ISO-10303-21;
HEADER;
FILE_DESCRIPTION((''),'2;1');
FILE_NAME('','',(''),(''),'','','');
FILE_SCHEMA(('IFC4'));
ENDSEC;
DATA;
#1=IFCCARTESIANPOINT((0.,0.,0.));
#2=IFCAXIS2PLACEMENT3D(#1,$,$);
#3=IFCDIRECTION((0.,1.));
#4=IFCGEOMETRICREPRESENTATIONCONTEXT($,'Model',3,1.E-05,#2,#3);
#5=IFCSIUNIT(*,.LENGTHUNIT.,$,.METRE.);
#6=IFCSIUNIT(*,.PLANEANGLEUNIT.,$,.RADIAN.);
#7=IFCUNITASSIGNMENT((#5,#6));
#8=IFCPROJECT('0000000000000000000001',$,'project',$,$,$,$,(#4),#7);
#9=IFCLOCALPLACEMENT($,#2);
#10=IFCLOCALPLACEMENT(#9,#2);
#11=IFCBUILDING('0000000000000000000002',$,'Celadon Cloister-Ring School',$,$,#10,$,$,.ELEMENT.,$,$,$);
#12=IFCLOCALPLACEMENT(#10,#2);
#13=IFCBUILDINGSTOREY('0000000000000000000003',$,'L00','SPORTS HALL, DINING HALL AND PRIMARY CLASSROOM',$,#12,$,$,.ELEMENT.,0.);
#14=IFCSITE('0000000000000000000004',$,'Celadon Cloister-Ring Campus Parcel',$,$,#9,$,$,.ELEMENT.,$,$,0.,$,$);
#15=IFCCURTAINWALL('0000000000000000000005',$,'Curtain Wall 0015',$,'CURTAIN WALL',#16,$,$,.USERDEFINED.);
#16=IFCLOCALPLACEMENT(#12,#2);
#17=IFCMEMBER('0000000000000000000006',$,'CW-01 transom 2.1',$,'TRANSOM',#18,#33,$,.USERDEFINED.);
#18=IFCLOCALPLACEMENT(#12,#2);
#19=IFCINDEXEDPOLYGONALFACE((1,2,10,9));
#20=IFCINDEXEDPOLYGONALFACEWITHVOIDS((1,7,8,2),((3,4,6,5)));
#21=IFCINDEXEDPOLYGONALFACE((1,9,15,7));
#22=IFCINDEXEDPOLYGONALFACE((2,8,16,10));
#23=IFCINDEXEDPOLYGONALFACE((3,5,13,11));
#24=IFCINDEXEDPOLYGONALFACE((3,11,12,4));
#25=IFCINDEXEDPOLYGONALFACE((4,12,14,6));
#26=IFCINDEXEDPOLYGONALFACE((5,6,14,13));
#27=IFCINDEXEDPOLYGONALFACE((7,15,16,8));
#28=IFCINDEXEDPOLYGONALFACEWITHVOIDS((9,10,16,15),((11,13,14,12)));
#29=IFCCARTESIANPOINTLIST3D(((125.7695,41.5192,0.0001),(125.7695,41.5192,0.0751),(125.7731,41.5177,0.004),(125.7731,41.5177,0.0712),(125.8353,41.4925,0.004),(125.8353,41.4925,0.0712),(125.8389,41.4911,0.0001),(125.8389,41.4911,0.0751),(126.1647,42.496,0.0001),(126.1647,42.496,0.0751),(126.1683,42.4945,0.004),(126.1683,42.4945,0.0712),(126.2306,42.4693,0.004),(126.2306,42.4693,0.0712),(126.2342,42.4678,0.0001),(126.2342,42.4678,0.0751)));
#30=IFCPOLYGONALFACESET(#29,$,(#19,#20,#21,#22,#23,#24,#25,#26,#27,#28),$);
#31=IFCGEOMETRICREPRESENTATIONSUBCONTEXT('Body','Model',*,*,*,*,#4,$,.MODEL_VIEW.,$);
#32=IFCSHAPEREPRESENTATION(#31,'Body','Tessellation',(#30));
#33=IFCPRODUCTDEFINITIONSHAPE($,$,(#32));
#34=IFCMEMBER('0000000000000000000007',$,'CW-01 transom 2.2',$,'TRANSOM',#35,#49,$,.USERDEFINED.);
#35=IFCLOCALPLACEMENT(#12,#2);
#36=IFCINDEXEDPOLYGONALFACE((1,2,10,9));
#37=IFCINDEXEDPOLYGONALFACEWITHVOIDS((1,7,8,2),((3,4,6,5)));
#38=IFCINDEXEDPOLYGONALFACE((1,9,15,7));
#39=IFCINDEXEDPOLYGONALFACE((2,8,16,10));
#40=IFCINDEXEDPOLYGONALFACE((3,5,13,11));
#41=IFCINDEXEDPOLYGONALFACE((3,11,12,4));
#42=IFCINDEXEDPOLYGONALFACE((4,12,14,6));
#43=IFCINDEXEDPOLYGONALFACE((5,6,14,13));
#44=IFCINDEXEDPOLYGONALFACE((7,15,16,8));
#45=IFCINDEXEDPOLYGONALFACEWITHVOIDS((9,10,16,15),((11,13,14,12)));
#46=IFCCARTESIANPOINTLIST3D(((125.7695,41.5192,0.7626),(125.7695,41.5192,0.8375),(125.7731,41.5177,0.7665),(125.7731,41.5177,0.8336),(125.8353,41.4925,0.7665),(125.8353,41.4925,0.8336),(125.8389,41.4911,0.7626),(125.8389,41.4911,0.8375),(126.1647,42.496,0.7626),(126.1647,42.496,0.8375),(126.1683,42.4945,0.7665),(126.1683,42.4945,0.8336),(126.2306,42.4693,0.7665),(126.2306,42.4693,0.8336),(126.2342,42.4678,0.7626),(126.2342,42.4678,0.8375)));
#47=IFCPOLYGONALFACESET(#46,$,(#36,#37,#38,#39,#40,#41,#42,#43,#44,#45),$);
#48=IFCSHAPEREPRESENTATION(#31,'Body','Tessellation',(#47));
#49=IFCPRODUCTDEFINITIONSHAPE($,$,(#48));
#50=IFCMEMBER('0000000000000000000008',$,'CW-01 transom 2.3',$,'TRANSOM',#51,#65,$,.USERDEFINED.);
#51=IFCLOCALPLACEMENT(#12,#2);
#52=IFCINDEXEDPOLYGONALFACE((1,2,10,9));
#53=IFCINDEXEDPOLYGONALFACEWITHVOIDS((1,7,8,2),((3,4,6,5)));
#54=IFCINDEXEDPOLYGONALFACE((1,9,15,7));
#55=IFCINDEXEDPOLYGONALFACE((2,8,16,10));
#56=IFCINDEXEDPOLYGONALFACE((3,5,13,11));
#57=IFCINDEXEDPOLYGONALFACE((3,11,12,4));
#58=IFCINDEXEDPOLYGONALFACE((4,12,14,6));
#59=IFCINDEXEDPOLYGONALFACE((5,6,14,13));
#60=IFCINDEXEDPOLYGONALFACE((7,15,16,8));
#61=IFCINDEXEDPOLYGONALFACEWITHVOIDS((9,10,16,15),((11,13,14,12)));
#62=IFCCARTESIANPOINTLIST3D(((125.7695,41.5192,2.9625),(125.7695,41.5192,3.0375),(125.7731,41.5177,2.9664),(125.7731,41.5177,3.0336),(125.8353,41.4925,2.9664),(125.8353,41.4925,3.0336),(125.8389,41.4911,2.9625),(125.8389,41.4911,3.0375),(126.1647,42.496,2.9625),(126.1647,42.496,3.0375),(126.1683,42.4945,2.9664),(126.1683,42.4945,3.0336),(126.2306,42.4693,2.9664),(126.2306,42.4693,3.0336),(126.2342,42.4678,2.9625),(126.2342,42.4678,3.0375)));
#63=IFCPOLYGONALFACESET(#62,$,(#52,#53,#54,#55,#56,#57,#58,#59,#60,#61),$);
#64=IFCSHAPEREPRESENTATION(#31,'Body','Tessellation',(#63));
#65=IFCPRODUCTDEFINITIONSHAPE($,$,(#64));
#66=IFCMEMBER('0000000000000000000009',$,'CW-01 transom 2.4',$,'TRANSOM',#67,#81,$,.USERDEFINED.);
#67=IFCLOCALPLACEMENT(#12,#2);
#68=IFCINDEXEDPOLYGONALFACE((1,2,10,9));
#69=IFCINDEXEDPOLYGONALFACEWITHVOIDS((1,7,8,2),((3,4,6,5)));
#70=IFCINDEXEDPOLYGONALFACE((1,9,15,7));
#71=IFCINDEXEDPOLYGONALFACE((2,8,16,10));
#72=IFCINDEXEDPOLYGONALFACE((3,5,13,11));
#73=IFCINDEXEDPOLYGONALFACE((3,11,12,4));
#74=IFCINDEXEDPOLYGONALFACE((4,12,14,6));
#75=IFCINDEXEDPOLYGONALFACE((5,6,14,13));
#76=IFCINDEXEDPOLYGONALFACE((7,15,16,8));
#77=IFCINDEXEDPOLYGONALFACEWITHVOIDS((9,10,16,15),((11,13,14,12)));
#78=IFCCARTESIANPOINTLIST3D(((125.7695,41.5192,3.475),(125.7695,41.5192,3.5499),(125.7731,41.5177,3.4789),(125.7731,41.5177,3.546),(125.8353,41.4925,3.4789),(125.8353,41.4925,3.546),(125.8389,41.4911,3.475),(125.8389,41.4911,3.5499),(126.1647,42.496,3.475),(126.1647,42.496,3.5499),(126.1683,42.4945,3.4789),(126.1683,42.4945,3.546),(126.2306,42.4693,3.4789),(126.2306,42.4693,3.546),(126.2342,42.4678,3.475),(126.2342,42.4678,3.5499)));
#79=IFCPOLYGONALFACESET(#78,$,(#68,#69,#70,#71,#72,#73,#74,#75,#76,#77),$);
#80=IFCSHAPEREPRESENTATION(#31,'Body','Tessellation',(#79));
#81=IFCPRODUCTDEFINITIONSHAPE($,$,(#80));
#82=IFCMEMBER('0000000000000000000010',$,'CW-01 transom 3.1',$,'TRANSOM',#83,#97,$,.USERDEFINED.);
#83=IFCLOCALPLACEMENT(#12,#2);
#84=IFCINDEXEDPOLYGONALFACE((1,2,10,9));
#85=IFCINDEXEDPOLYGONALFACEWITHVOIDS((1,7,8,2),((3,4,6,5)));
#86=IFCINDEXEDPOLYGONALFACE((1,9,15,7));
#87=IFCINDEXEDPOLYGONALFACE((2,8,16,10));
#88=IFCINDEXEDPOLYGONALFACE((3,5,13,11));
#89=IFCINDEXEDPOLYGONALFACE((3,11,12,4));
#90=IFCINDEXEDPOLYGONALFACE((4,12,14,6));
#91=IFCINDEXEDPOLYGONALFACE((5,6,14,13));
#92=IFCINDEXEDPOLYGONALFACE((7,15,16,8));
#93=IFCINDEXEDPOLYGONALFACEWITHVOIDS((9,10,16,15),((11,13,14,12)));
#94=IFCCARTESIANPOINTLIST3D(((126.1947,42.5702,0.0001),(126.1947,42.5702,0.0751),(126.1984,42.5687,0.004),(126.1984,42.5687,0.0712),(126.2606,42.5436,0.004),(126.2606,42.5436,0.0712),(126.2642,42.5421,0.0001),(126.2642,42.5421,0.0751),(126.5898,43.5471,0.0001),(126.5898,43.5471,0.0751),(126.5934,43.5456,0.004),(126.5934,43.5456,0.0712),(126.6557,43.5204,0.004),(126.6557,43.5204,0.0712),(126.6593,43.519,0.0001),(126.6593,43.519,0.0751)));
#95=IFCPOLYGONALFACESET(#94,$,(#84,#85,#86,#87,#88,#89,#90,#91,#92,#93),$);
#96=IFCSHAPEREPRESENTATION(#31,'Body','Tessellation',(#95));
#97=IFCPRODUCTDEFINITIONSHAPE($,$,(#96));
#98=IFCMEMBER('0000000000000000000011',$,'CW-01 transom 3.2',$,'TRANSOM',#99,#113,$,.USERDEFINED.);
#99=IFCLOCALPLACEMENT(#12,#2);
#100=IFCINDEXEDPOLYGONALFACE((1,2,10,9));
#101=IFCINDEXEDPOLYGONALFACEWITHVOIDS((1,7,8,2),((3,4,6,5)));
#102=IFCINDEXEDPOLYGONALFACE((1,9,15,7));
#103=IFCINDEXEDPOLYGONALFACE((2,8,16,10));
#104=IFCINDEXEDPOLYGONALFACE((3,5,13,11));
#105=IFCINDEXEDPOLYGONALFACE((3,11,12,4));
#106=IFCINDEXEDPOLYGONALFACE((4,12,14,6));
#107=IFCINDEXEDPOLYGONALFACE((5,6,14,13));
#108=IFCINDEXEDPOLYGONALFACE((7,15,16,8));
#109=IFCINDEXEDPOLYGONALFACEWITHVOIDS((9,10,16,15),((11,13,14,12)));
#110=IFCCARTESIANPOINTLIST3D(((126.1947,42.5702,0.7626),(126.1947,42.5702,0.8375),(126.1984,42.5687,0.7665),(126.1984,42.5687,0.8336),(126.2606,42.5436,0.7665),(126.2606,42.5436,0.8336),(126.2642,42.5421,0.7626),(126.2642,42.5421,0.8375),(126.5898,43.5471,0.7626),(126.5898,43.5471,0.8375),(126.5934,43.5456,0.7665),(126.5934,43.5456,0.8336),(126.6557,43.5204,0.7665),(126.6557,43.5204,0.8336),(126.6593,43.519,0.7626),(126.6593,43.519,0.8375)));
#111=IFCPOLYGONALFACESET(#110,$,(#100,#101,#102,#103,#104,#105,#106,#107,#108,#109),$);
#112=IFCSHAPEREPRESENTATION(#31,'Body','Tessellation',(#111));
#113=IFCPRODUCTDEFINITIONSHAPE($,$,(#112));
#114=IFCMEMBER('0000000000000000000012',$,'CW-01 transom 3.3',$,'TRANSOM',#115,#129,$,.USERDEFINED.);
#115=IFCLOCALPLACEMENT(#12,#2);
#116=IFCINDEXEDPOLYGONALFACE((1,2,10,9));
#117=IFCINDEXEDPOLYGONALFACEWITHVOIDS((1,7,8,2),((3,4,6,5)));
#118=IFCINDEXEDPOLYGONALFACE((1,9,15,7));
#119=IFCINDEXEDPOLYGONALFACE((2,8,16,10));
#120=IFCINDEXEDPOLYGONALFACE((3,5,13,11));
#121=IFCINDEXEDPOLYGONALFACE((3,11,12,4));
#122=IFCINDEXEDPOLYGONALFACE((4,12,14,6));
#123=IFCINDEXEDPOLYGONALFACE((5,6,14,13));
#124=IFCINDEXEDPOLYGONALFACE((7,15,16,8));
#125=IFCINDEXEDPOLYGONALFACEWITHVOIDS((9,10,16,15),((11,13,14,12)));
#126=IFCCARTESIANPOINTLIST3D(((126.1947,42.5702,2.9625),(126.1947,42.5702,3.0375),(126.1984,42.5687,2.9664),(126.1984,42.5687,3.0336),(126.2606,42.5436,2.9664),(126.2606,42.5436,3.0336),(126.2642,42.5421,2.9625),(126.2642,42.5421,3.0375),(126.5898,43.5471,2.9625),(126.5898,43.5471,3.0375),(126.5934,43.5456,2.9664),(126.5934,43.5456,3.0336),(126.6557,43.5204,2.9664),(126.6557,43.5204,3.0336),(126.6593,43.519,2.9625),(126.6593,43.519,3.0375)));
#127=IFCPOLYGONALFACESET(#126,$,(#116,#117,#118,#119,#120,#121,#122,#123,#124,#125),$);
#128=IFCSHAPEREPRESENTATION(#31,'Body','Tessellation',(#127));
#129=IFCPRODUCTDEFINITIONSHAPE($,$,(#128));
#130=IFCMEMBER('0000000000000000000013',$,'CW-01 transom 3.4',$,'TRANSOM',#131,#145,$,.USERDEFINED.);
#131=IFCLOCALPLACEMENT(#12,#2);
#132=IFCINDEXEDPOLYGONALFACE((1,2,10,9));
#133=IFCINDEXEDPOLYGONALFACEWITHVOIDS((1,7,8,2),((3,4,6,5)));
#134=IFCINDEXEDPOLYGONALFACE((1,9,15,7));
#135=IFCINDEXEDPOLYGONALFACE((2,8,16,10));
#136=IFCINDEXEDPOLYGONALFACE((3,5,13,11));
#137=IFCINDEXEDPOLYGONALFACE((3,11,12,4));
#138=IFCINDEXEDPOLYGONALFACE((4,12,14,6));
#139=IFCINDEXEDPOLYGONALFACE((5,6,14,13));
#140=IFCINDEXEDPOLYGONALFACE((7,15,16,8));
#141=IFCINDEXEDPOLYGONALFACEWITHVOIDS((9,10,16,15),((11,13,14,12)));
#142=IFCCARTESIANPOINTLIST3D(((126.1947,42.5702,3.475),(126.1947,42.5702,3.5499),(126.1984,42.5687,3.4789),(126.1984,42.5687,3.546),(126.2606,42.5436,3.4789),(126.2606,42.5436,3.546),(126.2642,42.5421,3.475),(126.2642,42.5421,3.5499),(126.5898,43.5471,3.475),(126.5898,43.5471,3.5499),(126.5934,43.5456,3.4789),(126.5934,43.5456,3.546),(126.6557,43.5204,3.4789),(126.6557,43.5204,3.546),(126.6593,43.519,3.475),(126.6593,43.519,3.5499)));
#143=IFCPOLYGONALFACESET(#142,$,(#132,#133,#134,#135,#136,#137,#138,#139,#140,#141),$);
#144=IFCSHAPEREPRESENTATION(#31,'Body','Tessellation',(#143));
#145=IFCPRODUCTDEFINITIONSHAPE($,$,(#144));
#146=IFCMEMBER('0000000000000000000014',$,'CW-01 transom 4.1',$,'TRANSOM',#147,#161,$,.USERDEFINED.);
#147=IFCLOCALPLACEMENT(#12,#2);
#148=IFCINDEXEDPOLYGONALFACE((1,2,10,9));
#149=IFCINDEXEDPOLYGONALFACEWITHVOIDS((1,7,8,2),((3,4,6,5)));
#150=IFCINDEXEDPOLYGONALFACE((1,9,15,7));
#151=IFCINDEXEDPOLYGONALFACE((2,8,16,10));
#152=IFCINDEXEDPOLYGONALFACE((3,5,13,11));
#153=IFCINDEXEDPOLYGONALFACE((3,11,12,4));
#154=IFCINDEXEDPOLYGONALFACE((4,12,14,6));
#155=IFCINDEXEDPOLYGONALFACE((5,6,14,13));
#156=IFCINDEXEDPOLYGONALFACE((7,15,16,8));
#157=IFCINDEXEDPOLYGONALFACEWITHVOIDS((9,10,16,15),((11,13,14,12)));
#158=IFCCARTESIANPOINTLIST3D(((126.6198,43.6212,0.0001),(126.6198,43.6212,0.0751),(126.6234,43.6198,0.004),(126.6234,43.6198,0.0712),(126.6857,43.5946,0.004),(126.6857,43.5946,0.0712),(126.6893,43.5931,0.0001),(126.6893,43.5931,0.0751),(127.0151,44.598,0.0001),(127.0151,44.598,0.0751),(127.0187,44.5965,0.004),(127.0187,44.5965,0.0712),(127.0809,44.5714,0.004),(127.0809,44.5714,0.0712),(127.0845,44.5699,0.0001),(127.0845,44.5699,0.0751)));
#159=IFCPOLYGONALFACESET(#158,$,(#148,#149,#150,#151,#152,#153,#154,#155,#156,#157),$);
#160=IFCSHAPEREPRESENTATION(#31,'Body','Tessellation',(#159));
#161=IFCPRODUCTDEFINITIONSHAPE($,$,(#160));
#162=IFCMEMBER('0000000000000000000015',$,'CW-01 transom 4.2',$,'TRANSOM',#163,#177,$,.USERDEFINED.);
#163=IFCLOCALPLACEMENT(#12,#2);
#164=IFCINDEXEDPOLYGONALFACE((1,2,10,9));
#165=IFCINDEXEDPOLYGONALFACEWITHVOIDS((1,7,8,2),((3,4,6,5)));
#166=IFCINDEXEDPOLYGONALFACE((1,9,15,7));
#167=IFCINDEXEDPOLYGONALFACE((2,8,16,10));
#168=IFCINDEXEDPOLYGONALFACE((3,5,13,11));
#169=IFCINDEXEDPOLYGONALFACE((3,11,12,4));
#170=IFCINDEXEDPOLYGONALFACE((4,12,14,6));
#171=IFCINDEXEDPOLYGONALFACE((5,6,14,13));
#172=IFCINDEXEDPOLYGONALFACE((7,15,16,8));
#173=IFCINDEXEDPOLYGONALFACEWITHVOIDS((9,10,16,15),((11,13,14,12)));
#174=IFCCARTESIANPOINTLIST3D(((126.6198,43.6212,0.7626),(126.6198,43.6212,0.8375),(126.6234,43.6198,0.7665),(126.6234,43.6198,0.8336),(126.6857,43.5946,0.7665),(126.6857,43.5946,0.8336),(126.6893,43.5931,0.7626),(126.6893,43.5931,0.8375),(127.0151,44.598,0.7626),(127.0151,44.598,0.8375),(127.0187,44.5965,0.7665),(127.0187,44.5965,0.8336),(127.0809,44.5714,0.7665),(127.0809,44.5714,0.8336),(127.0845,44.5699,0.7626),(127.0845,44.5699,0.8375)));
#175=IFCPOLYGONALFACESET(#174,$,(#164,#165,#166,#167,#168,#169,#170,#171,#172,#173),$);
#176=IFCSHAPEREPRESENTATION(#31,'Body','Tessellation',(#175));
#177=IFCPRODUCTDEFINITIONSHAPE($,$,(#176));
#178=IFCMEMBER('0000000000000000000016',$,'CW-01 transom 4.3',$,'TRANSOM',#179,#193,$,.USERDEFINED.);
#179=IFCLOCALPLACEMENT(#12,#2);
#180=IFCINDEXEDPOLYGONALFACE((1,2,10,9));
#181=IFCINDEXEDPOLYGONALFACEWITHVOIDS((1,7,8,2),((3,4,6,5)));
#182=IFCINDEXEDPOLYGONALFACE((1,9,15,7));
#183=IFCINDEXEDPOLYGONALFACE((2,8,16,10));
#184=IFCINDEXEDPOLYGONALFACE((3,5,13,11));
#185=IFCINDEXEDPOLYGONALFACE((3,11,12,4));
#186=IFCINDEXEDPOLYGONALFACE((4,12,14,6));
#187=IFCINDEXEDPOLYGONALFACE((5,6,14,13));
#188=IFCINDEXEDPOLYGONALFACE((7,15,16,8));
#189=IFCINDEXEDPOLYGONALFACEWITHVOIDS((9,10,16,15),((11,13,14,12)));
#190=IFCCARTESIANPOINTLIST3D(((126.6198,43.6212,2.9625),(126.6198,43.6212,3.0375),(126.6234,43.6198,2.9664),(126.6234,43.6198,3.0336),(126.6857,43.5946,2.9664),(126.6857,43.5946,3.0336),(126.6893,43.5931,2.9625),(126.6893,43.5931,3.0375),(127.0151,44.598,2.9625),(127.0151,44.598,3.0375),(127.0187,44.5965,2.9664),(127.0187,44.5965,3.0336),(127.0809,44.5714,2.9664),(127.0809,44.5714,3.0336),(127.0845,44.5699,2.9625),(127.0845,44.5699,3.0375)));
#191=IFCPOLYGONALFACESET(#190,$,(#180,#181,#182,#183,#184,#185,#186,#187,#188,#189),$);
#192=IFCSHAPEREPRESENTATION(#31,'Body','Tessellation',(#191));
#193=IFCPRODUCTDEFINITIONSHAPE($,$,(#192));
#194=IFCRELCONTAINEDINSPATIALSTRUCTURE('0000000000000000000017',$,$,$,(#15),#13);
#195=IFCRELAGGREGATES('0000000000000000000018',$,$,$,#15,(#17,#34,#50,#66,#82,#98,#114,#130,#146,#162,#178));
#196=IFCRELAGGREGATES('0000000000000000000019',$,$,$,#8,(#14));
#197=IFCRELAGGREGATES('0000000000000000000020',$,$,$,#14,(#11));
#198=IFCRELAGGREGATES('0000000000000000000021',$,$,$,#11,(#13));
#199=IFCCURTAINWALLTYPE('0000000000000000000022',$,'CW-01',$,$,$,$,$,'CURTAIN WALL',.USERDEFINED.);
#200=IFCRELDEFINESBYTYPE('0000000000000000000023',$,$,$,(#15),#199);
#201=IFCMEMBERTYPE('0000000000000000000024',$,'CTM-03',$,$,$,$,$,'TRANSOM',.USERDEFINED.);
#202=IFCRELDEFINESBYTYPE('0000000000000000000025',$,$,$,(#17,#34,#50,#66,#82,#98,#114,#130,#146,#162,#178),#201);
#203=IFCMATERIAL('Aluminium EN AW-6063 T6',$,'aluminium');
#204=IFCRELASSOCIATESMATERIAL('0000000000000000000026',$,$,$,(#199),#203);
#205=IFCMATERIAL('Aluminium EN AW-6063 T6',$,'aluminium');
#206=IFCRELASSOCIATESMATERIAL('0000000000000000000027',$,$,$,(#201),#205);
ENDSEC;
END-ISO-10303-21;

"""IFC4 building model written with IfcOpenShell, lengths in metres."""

from ifc_helpers import new_model, si_unit, direction, frame, origin, origin_2d, place, context, subcontext, project, spatial, hollow_rectangle, extrude, material, material_profile, profile_set, type_object, element, aggregate, save


model = new_model("IFC4")

# Units and contexts
model_context = context("Model", 3, precision=1e-05, world=origin(), true_north=direction((0.0, 1.0)))
body_context = subcontext(model_context, "Body", "Model", "MODEL_VIEW")
ifc_project = project(units=[si_unit("LENGTHUNIT", "METRE"), si_unit("PLANEANGLEUNIT", "RADIAN")], contexts=[model_context])

# Site, building, storey
site_placement = place(None, origin())
site = spatial("IfcSite", under=ifc_project, at=site_placement, Name="Celadon Cloister-Ring Campus Parcel", CompositionType="ELEMENT", RefElevation=0.0)
building_placement = place(site_placement, origin())
building = spatial("IfcBuilding", under=site, at=building_placement, Name="Celadon Cloister-Ring School", CompositionType="ELEMENT")
storey_placement = place(building_placement, origin())
storey = spatial("IfcBuildingStorey", under=building, at=storey_placement, Name="L00", Description="SPORTS HALL, DINING HALL AND PRIMARY CLASSROOM", CompositionType="ELEMENT", Elevation=0.0)

# Curtain wall, members
ifc_material_1 = material(Name="Aluminium EN AW-6063 T6", Category="aluminium")
curtain_wall_type = type_object("IfcCurtainWallType", Name="CW-01", ElementType="CURTAIN WALL", PredefinedType="USERDEFINED", material=ifc_material_1)
curtain_wall_placement = place(storey_placement, origin())
curtain_wall = element("IfcCurtainWall", 1, at=curtain_wall_placement, inside=storey, type_object=curtain_wall_type, Name="Curtain Wall 0015", ObjectType="CURTAIN WALL", PredefinedType="USERDEFINED")
ifc_material_2 = material(Name="Aluminium EN AW-6063 T6", Category="aluminium")
ifc_material_profile_1 = material_profile(ifc_material_2, hollow_rectangle(XDim=0.075, YDim=0.075, WallThickness=0.0039, at=origin_2d()), Name="RHS75X75X4")
ifc_profile_set_1 = profile_set([ifc_material_profile_1], Name="Aluminium EN AW-6063 T6")
member_type_1 = type_object("IfcMemberType", Name="CTM-03", ElementType="TRANSOM", PredefinedType="USERDEFINED", material=ifc_profile_set_1)
member_1_placement = place(storey_placement, frame((125.8042, 41.5051, 0.0376), z_axis=(0.375103, 0.926983, 0.0), x_axis=(-0.926983, 0.375103, 0.0)))
member_1 = element("IfcMember", 2, at=member_1_placement, type_object=member_type_1, Name="CW-01 transom 2.1", ObjectType="TRANSOM", PredefinedType="USERDEFINED", context=body_context, shape_type="SweptSolid", body=[
    extrude(hollow_rectangle(XDim=0.075, YDim=0.075, WallThickness=0.0039, at=origin_2d()), origin(), (0.0, 0.0, 1.0), 1.0537),
])
member_2_placement = place(storey_placement, frame((125.8042, 41.5051, 0.8), z_axis=(0.375103, 0.926983, 0.0), x_axis=(-0.926983, 0.375103, 0.0)))
member_2 = element("IfcMember", 3, at=member_2_placement, type_object=member_type_1, Name="CW-01 transom 2.2", ObjectType="TRANSOM", PredefinedType="USERDEFINED", context=body_context, shape_type="SweptSolid", body=[
    extrude(hollow_rectangle(XDim=0.075, YDim=0.075, WallThickness=0.0039, at=origin_2d()), origin(), (0.0, 0.0, 1.0), 1.0537),
])
member_3_placement = place(storey_placement, frame((125.8042, 41.5051, 3.0), z_axis=(0.375103, 0.926983, 0.0), x_axis=(-0.926983, 0.375103, 0.0)))
member_3 = element("IfcMember", 4, at=member_3_placement, type_object=member_type_1, Name="CW-01 transom 2.3", ObjectType="TRANSOM", PredefinedType="USERDEFINED", context=body_context, shape_type="SweptSolid", body=[
    extrude(hollow_rectangle(XDim=0.075, YDim=0.075, WallThickness=0.0039, at=origin_2d()), origin(), (0.0, 0.0, 1.0), 1.0537),
])
member_4_placement = place(storey_placement, frame((125.8042, 41.5051, 3.5125), z_axis=(0.375103, 0.926983, 0.0), x_axis=(-0.926983, 0.375103, 0.0)))
member_4 = element("IfcMember", 5, at=member_4_placement, type_object=member_type_1, Name="CW-01 transom 2.4", ObjectType="TRANSOM", PredefinedType="USERDEFINED", context=body_context, shape_type="SweptSolid", body=[
    extrude(hollow_rectangle(XDim=0.075, YDim=0.075, WallThickness=0.0039, at=origin_2d()), origin(), (0.0, 0.0, 1.0), 1.0537),
])
member_5_placement = place(storey_placement, frame((126.2295, 42.5562, 0.0376), z_axis=(0.374904, 0.927064, 0.0), x_axis=(-0.927064, 0.374904, 0.0)))
member_5 = element("IfcMember", 6, at=member_5_placement, type_object=member_type_1, Name="CW-01 transom 3.1", ObjectType="TRANSOM", PredefinedType="USERDEFINED", context=body_context, shape_type="SweptSolid", body=[
    extrude(hollow_rectangle(XDim=0.075, YDim=0.075, WallThickness=0.0039, at=origin_2d()), origin(), (0.0, 0.0, 1.0), 1.0537),
])
member_6_placement = place(storey_placement, frame((126.2295, 42.5562, 0.8), z_axis=(0.374904, 0.927064, 0.0), x_axis=(-0.927064, 0.374904, 0.0)))
member_6 = element("IfcMember", 7, at=member_6_placement, type_object=member_type_1, Name="CW-01 transom 3.2", ObjectType="TRANSOM", PredefinedType="USERDEFINED", context=body_context, shape_type="SweptSolid", body=[
    extrude(hollow_rectangle(XDim=0.075, YDim=0.075, WallThickness=0.0039, at=origin_2d()), origin(), (0.0, 0.0, 1.0), 1.0537),
])
member_7_placement = place(storey_placement, frame((126.2295, 42.5562, 3.0), z_axis=(0.374904, 0.927064, 0.0), x_axis=(-0.927064, 0.374904, 0.0)))
member_7 = element("IfcMember", 8, at=member_7_placement, type_object=member_type_1, Name="CW-01 transom 3.3", ObjectType="TRANSOM", PredefinedType="USERDEFINED", context=body_context, shape_type="SweptSolid", body=[
    extrude(hollow_rectangle(XDim=0.075, YDim=0.075, WallThickness=0.0039, at=origin_2d()), origin(), (0.0, 0.0, 1.0), 1.0537),
])
member_8_placement = place(storey_placement, frame((126.2295, 42.5562, 3.5125), z_axis=(0.374904, 0.927064, 0.0), x_axis=(-0.927064, 0.374904, 0.0)))
member_8 = element("IfcMember", 9, at=member_8_placement, type_object=member_type_1, Name="CW-01 transom 3.4", ObjectType="TRANSOM", PredefinedType="USERDEFINED", context=body_context, shape_type="SweptSolid", body=[
    extrude(hollow_rectangle(XDim=0.075, YDim=0.075, WallThickness=0.0039, at=origin_2d()), origin(), (0.0, 0.0, 1.0), 1.0537),
])
member_9_placement = place(storey_placement, frame((126.6545, 43.6072, 0.0376), z_axis=(0.375103, 0.926983, 0.0), x_axis=(-0.926983, 0.375103, 0.0)))
member_9 = element("IfcMember", 10, at=member_9_placement, type_object=member_type_1, Name="CW-01 transom 4.1", ObjectType="TRANSOM", PredefinedType="USERDEFINED", context=body_context, shape_type="SweptSolid", body=[
    extrude(hollow_rectangle(XDim=0.075, YDim=0.075, WallThickness=0.0039, at=origin_2d()), origin(), (0.0, 0.0, 1.0), 1.0537),
])
member_10_placement = place(storey_placement, frame((126.6545, 43.6072, 0.8), z_axis=(0.375103, 0.926983, 0.0), x_axis=(-0.926983, 0.375103, 0.0)))
member_10 = element("IfcMember", 11, at=member_10_placement, type_object=member_type_1, Name="CW-01 transom 4.2", ObjectType="TRANSOM", PredefinedType="USERDEFINED", context=body_context, shape_type="SweptSolid", body=[
    extrude(hollow_rectangle(XDim=0.075, YDim=0.075, WallThickness=0.0039, at=origin_2d()), origin(), (0.0, 0.0, 1.0), 1.0537),
])
member_11_placement = place(storey_placement, frame((126.6545, 43.6072, 3.0), z_axis=(0.375103, 0.926983, 0.0), x_axis=(-0.926983, 0.375103, 0.0)))
member_11 = element("IfcMember", 12, at=member_11_placement, type_object=member_type_1, Name="CW-01 transom 4.3", ObjectType="TRANSOM", PredefinedType="USERDEFINED", context=body_context, shape_type="SweptSolid", body=[
    extrude(hollow_rectangle(XDim=0.075, YDim=0.075, WallThickness=0.0039, at=origin_2d()), origin(), (0.0, 0.0, 1.0), 1.0537),
])

aggregate(curtain_wall, [member_1, member_2, member_3, member_4, member_5, member_6, member_7, member_8, member_9, member_10, member_11])

save(model, "model.ifc")
